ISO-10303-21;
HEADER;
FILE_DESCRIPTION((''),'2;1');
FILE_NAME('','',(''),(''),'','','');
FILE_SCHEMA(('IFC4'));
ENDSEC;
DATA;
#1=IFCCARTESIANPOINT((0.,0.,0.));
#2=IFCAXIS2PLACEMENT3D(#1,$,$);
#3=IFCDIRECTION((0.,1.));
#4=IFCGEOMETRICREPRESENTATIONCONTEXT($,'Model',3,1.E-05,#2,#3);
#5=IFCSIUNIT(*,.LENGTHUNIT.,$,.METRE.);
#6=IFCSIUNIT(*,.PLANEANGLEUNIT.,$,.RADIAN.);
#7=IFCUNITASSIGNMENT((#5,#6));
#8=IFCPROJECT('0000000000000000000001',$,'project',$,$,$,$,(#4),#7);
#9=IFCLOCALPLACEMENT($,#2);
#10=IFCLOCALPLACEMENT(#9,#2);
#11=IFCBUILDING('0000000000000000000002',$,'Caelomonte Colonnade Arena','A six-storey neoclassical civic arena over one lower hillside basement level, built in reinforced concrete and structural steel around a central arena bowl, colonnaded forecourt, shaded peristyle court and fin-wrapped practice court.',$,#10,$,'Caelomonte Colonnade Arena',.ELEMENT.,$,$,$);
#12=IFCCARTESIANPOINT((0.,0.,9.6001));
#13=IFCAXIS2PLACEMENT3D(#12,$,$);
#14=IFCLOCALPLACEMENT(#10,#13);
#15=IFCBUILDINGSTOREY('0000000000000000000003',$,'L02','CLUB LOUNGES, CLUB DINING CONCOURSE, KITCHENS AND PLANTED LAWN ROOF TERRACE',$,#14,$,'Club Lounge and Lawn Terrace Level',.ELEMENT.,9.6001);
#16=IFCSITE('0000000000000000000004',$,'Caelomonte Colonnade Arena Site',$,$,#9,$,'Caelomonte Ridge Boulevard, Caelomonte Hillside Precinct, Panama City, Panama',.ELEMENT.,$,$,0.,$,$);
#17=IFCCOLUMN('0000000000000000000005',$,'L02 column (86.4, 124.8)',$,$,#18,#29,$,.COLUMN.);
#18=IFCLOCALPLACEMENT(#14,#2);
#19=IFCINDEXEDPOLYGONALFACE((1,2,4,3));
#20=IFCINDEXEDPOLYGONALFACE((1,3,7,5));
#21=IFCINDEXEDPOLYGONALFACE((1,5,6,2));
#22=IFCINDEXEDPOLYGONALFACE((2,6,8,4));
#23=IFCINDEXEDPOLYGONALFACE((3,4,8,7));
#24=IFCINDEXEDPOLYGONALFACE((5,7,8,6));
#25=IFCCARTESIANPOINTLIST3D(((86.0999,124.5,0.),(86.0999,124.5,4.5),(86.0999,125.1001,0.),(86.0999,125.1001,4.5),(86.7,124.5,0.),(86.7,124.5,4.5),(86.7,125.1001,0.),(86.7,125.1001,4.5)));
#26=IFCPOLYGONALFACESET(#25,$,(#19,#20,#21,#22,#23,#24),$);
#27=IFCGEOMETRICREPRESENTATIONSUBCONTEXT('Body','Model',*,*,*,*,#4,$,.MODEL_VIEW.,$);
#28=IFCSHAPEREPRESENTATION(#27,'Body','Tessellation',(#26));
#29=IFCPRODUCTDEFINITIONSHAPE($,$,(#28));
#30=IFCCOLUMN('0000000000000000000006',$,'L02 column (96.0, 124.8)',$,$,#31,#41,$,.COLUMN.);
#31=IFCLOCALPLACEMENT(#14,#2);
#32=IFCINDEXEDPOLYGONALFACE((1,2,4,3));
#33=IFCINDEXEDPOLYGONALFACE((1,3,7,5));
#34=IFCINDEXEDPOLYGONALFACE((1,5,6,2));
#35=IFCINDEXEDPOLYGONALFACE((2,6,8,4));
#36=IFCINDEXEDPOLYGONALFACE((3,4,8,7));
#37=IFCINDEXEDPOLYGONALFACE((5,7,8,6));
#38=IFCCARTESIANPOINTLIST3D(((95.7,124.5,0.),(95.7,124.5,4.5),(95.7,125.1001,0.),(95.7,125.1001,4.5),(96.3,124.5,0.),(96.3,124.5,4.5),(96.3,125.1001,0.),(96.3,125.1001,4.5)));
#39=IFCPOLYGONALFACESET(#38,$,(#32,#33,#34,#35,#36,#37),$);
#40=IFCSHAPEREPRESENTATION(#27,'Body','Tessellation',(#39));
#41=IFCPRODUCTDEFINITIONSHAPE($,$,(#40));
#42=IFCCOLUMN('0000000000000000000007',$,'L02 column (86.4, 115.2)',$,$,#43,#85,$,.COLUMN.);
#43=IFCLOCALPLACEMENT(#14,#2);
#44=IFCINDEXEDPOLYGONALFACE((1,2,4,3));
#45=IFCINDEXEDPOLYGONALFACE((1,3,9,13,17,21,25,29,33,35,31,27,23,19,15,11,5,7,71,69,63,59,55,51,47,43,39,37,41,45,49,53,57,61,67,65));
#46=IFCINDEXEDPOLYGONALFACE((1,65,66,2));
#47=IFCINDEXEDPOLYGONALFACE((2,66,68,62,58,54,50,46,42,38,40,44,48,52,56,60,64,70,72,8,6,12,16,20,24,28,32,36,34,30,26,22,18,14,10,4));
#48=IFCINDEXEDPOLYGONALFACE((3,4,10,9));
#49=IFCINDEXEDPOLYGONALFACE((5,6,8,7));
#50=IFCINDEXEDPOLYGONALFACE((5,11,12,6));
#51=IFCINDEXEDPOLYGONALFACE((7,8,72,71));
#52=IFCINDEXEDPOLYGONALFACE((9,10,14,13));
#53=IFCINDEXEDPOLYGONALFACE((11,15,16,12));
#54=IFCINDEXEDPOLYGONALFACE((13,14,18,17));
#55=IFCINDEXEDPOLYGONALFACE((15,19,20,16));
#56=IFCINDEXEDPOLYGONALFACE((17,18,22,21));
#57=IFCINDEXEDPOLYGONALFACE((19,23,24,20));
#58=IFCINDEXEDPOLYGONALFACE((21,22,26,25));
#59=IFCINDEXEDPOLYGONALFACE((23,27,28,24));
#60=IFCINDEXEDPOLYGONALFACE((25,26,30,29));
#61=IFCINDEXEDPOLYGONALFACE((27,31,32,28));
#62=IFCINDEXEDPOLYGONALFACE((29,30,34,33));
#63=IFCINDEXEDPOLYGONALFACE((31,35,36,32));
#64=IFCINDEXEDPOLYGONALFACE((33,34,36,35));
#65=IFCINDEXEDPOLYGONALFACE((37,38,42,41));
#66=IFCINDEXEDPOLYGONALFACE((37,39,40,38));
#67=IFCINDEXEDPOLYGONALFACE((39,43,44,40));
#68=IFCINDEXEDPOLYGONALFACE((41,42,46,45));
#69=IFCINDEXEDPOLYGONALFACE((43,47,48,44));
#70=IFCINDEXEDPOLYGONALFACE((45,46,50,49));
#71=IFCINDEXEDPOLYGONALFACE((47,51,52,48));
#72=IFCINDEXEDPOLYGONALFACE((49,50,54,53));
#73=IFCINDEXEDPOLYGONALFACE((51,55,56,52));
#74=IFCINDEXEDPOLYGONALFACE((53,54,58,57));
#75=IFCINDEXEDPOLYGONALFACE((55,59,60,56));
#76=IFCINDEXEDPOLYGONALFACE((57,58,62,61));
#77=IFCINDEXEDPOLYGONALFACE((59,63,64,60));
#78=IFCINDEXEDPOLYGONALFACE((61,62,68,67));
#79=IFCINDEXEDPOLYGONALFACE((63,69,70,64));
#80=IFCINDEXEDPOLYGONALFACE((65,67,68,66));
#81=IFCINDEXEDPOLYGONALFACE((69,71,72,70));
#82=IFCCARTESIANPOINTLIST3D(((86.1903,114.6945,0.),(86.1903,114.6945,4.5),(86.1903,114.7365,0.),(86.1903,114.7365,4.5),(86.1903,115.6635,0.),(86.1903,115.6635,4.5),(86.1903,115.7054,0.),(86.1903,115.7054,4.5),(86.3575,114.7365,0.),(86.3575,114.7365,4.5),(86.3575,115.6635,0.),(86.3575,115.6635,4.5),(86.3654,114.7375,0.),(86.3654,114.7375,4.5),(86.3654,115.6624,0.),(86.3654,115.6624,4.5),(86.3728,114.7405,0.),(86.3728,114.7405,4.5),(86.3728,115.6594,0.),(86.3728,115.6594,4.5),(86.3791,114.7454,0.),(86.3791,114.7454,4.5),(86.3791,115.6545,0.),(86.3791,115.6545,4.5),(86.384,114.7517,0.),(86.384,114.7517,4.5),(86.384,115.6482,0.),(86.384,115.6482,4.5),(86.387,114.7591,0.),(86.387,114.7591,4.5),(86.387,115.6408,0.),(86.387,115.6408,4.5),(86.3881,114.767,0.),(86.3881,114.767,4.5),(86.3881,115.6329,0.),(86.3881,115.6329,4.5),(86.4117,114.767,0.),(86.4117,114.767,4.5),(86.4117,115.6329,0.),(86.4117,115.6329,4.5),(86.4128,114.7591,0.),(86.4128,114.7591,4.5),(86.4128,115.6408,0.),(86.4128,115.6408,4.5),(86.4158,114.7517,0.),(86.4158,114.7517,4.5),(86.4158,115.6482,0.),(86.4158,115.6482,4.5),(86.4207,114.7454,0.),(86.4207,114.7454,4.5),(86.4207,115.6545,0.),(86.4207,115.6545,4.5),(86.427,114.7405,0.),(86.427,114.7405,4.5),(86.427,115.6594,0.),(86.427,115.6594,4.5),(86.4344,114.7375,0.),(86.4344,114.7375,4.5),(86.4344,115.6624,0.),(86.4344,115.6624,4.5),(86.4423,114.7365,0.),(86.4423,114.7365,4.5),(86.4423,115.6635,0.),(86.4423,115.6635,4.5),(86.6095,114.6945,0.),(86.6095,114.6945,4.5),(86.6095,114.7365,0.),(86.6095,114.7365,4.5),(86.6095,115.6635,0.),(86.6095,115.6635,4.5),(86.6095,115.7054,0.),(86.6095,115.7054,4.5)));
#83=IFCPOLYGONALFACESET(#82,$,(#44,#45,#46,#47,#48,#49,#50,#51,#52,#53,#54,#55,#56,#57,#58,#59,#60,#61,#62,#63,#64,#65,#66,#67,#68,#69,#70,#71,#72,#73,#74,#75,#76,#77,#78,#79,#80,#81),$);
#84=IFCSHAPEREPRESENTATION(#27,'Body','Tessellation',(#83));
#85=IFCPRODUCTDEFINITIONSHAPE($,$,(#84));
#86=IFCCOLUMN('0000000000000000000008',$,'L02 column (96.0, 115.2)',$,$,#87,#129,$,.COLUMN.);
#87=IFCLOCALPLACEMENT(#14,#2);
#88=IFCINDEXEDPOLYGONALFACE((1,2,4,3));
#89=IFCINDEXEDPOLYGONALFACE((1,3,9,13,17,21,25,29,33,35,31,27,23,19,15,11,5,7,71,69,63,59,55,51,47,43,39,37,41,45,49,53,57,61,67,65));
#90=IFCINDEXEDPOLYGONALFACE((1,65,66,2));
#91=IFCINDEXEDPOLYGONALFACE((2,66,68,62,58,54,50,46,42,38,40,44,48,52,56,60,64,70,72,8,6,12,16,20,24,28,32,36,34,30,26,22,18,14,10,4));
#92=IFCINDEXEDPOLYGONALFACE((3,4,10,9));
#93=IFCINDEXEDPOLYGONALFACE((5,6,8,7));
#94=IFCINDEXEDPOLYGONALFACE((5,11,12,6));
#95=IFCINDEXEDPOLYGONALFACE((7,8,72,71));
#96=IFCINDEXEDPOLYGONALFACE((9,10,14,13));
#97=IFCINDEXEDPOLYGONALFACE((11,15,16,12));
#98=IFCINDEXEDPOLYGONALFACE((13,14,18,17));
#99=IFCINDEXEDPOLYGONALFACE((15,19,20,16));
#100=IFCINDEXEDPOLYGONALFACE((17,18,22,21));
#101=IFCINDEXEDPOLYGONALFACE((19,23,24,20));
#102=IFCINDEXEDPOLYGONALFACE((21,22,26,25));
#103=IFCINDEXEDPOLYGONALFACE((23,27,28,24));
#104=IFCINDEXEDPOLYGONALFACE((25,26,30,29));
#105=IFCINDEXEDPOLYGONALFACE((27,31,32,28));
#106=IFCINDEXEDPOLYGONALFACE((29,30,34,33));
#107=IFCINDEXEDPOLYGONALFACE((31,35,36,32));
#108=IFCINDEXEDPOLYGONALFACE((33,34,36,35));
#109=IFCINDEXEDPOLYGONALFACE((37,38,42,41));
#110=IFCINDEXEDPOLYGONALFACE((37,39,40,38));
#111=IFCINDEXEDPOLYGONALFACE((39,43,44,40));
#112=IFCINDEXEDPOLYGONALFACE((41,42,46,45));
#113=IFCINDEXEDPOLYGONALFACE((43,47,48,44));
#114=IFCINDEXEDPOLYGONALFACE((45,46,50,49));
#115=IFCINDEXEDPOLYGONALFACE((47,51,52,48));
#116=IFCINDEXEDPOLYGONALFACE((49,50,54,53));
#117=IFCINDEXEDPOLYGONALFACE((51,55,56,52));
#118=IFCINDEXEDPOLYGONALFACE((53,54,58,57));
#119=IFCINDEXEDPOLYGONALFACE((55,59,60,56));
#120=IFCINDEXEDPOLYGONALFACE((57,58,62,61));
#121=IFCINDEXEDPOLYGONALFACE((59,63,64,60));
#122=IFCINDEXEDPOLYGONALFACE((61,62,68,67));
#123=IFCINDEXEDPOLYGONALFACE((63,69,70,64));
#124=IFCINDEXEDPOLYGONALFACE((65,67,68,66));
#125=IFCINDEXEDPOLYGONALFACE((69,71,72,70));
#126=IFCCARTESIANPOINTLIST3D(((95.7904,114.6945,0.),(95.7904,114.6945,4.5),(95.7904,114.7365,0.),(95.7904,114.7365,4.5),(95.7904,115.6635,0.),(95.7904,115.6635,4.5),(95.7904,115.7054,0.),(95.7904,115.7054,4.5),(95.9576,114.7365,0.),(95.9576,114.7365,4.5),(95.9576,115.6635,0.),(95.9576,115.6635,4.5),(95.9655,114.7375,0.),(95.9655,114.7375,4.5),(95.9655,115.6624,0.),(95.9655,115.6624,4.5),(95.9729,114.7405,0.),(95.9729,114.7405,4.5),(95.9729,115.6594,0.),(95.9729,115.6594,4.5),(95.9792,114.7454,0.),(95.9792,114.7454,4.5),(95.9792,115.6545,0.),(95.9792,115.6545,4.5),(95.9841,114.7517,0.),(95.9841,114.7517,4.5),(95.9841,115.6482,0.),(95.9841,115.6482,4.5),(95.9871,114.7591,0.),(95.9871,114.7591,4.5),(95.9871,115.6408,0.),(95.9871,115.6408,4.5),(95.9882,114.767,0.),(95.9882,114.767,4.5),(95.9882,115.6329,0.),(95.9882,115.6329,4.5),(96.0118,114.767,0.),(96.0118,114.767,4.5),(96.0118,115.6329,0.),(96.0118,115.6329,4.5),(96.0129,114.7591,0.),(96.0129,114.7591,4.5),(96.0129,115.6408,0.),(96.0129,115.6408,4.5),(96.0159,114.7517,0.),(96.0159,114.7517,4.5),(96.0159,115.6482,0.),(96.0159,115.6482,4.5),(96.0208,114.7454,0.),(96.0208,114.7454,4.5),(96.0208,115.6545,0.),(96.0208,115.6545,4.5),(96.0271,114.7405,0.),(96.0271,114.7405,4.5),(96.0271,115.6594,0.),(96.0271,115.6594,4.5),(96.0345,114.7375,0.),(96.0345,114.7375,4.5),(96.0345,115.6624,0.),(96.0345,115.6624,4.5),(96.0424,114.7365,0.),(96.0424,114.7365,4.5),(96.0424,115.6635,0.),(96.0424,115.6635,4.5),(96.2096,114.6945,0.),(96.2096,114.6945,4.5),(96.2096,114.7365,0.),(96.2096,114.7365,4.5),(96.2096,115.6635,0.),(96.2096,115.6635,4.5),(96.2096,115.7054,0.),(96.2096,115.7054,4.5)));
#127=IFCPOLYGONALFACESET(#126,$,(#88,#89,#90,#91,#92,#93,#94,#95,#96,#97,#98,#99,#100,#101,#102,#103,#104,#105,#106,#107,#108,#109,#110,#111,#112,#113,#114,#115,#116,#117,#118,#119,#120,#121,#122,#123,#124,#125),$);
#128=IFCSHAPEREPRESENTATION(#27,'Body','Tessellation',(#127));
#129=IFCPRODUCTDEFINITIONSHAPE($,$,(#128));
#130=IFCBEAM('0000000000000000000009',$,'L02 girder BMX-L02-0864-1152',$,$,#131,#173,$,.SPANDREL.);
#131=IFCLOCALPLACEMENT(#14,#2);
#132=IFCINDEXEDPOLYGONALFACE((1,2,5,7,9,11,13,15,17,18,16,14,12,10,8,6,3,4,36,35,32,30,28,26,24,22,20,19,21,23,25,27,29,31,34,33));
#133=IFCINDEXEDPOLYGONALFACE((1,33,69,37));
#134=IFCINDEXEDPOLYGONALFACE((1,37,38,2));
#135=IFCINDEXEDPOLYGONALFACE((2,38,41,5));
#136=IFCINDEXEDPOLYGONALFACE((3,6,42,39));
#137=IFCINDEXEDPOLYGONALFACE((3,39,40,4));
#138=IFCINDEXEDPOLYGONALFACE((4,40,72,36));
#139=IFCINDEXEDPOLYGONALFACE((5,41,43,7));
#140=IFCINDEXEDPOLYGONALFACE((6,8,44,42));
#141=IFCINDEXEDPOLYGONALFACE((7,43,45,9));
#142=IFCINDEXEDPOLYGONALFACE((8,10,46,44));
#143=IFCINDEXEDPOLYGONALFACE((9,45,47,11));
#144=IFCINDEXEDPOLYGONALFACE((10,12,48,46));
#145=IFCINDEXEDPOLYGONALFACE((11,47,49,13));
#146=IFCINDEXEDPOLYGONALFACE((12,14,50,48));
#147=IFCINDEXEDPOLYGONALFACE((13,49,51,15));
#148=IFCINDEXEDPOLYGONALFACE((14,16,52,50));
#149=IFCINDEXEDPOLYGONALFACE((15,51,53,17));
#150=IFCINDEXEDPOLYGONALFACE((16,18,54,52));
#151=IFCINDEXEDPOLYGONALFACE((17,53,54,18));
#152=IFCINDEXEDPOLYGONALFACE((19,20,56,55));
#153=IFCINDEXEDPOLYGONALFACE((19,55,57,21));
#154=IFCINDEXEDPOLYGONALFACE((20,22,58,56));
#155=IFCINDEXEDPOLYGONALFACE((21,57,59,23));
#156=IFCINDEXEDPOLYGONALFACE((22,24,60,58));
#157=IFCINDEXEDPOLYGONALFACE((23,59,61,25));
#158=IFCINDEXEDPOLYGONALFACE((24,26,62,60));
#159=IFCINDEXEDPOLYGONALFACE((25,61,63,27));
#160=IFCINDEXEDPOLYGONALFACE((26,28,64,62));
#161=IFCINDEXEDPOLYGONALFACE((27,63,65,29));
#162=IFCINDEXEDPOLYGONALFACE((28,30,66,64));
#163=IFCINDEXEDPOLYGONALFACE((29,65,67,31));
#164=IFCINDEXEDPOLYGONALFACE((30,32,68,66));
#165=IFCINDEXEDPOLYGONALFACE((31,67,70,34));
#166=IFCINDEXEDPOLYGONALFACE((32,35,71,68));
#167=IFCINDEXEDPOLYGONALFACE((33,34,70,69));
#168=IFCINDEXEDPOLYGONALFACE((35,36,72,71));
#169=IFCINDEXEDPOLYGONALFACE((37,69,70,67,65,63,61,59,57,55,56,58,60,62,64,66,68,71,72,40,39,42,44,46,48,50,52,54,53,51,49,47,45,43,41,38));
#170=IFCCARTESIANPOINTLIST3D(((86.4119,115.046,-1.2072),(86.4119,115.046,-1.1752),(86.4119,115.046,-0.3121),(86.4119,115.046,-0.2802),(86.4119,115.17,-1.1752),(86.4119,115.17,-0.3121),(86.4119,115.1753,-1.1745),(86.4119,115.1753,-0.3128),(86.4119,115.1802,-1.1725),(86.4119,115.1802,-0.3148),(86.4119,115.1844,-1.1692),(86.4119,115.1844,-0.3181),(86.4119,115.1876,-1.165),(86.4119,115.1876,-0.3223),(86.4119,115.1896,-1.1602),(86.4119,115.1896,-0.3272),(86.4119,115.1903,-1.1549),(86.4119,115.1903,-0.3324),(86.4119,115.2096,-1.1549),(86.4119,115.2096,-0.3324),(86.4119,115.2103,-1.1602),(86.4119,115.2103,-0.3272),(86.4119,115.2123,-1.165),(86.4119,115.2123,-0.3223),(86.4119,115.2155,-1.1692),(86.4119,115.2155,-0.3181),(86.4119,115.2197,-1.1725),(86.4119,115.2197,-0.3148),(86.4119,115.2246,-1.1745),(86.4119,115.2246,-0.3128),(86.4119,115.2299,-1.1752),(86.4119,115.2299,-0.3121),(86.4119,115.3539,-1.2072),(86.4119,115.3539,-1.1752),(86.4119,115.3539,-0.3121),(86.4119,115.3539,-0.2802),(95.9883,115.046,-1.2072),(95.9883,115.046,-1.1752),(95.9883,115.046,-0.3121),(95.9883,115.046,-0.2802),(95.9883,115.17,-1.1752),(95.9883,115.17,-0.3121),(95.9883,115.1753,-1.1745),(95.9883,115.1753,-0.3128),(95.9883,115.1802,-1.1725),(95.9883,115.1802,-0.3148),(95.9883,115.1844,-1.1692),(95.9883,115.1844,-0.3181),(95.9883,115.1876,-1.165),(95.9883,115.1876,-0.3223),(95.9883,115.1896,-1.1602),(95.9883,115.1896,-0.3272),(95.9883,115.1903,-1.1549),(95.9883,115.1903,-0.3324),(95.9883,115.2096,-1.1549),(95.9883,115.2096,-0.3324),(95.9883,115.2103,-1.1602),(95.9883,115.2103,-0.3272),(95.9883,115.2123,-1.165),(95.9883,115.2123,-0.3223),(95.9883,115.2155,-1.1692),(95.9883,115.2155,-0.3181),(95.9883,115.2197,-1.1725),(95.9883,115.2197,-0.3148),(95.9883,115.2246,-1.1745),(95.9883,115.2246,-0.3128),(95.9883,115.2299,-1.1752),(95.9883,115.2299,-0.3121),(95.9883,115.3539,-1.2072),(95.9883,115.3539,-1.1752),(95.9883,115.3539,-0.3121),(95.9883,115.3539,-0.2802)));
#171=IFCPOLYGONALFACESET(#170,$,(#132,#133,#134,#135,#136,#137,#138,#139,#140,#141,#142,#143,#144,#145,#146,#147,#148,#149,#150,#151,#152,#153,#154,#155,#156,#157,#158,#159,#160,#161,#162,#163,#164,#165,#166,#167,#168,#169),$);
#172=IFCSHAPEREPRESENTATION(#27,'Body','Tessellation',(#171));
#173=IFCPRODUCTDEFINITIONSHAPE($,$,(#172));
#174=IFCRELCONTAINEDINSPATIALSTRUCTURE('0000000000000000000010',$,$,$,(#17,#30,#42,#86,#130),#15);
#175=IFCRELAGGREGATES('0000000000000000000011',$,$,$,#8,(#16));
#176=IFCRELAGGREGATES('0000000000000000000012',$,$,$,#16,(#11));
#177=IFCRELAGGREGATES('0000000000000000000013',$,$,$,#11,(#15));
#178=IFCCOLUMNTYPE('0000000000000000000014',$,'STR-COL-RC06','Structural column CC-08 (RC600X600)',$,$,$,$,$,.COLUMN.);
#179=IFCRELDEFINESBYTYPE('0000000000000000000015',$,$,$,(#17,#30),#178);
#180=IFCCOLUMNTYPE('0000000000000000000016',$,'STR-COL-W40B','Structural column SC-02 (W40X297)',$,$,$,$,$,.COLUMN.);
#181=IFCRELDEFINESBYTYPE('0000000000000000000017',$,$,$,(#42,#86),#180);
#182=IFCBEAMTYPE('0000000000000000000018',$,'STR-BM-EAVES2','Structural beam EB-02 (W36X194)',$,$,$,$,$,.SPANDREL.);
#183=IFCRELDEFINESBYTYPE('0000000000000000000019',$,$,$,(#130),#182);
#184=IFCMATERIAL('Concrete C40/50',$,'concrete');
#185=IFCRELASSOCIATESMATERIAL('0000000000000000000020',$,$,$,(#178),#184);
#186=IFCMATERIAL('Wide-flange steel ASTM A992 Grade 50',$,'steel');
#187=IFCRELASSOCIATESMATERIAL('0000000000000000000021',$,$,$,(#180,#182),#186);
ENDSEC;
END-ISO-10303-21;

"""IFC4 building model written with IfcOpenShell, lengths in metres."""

from ifc_helpers import new_model, si_unit, direction, frame, origin, origin_2d, place, context, subcontext, project, spatial, rectangle, i_section, extrude, material, material_profile, profile_set, type_object, element, save


model = new_model("IFC4")

# Units and contexts
model_context = context("Model", 3, precision=1e-05, world=origin(), true_north=direction((0.0, 1.0)))
body_context = subcontext(model_context, "Body", "Model", "MODEL_VIEW")
ifc_project = project(units=[si_unit("LENGTHUNIT", "METRE"), si_unit("PLANEANGLEUNIT", "RADIAN")], contexts=[model_context])

# Site, building, storey
site_placement = place(None, origin())
site = spatial("IfcSite", under=ifc_project, at=site_placement, Name="Caelomonte Colonnade Arena Site", LongName="Caelomonte Ridge Boulevard, Caelomonte Hillside Precinct, Panama City, Panama", CompositionType="ELEMENT", RefElevation=0.0)
building_placement = place(site_placement, origin())
building = spatial("IfcBuilding", under=site, at=building_placement, Name="Caelomonte Colonnade Arena", Description="A six-storey neoclassical civic arena over one lower hillside basement level, built in reinforced concrete and structural steel around a central arena bowl, colonnaded forecourt, shaded peristyle court and fin-wrapped practice court.", LongName="Caelomonte Colonnade Arena", CompositionType="ELEMENT")
storey_placement = place(building_placement, frame((0.0, 0.0, 9.6001)))
storey = spatial("IfcBuildingStorey", under=building, at=storey_placement, Name="L02", Description="CLUB LOUNGES, CLUB DINING CONCOURSE, KITCHENS AND PLANTED LAWN ROOF TERRACE", LongName="Club Lounge and Lawn Terrace Level", CompositionType="ELEMENT", Elevation=9.6001)

# Columns
ifc_material_1 = material(Name="Concrete C40/50", Category="concrete")
ifc_material_profile_1 = material_profile(ifc_material_1, rectangle(XDim=0.6001, YDim=0.6001, at=origin_2d()), Name="RC600X600")
ifc_profile_set_1 = profile_set([ifc_material_profile_1], Name="Concrete C40/50")
column_type_1 = type_object("IfcColumnType", Name="STR-COL-RC06", Description="Structural column CC-08 (RC600X600)", PredefinedType="COLUMN", material=ifc_profile_set_1)
for number, where, z_axis, x_axis, name in (
    (1, (86.3999, 124.8, 0.0), (0.0, 0.0, 1.0), (1.0, 0.0, 0.0), "L02 column (86.4, 124.8)"),
    (2, (96.0, 124.8, 0.0), (0.0, 0.0, 1.0), (1.0, 0.0, 0.0), "L02 column (96.0, 124.8)"),
):
    element("IfcColumn", number, at=place(storey_placement, frame(where, z_axis=z_axis, x_axis=x_axis)), inside=storey, type_object=column_type_1, Name=name, PredefinedType="COLUMN", context=body_context, shape_type="SweptSolid", body=[
        extrude(rectangle(XDim=0.6001, YDim=0.6001, at=origin_2d()), origin(), (0.0, 0.0, 1.0), 4.5),
    ])
ifc_material_2 = material(Name="Wide-flange steel ASTM A992 Grade 50", Category="steel")
ifc_material_profile_2 = material_profile(ifc_material_2, i_section(OverallWidth=0.4192, OverallDepth=1.011, WebThickness=0.0237, FlangeThickness=0.042, FilletRadius=0.0305, at=origin_2d()), Name="W40X297")
ifc_profile_set_2 = profile_set([ifc_material_profile_2], Name="Wide-flange steel ASTM A992 Grade 50")
column_type_2 = type_object("IfcColumnType", Name="STR-COL-W40B", Description="Structural column SC-02 (W40X297)", PredefinedType="COLUMN", material=ifc_profile_set_2)
for number, where, z_axis, x_axis, name in (
    (3, (86.3999, 115.2, 0.0), (0.0, 0.0, 1.0), (1.0, 0.0, 0.0), "L02 column (86.4, 115.2)"),
    (4, (96.0, 115.2, 0.0), (0.0, 0.0, 1.0), (1.0, 0.0, 0.0), "L02 column (96.0, 115.2)"),
):
    element("IfcColumn", number, at=place(storey_placement, frame(where, z_axis=z_axis, x_axis=x_axis)), inside=storey, type_object=column_type_2, Name=name, PredefinedType="COLUMN", context=body_context, shape_type="SweptSolid", body=[
        extrude(i_section(OverallWidth=0.4192, OverallDepth=1.011, WebThickness=0.0237, FlangeThickness=0.042, FilletRadius=0.0305, at=origin_2d()), origin(), (0.0, 0.0, 1.0), 4.5),
    ])

# Beam
ifc_material_profile_3 = material_profile(ifc_material_2, i_section(OverallWidth=0.3079, OverallDepth=0.927, WebThickness=0.0193, FlangeThickness=0.032, FilletRadius=0.0203, at=origin_2d()), Name="W36X194")
ifc_profile_set_3 = profile_set([ifc_material_profile_3], Name="Wide-flange steel ASTM A992 Grade 50")
beam_type_1 = type_object("IfcBeamType", Name="STR-BM-EAVES2", Description="Structural beam EB-02 (W36X194)", PredefinedType="SPANDREL", material=ifc_profile_set_3)
for number, where, z_axis, x_axis, name in (
    (5, (86.4119, 115.2, -0.7437), (1.0, 0.0, 0.0), (0.0, 1.0, 0.0), "L02 girder BMX-L02-0864-1152"),
):
    element("IfcBeam", number, at=place(storey_placement, frame(where, z_axis=z_axis, x_axis=x_axis)), inside=storey, type_object=beam_type_1, Name=name, PredefinedType="SPANDREL", context=body_context, shape_type="SweptSolid", body=[
        extrude(i_section(OverallWidth=0.3079, OverallDepth=0.927, WebThickness=0.0193, FlangeThickness=0.032, FilletRadius=0.0203, at=origin_2d()), origin(), (0.0, 0.0, 1.0), 9.5764),
    ])

save(model, "model.ifc")
